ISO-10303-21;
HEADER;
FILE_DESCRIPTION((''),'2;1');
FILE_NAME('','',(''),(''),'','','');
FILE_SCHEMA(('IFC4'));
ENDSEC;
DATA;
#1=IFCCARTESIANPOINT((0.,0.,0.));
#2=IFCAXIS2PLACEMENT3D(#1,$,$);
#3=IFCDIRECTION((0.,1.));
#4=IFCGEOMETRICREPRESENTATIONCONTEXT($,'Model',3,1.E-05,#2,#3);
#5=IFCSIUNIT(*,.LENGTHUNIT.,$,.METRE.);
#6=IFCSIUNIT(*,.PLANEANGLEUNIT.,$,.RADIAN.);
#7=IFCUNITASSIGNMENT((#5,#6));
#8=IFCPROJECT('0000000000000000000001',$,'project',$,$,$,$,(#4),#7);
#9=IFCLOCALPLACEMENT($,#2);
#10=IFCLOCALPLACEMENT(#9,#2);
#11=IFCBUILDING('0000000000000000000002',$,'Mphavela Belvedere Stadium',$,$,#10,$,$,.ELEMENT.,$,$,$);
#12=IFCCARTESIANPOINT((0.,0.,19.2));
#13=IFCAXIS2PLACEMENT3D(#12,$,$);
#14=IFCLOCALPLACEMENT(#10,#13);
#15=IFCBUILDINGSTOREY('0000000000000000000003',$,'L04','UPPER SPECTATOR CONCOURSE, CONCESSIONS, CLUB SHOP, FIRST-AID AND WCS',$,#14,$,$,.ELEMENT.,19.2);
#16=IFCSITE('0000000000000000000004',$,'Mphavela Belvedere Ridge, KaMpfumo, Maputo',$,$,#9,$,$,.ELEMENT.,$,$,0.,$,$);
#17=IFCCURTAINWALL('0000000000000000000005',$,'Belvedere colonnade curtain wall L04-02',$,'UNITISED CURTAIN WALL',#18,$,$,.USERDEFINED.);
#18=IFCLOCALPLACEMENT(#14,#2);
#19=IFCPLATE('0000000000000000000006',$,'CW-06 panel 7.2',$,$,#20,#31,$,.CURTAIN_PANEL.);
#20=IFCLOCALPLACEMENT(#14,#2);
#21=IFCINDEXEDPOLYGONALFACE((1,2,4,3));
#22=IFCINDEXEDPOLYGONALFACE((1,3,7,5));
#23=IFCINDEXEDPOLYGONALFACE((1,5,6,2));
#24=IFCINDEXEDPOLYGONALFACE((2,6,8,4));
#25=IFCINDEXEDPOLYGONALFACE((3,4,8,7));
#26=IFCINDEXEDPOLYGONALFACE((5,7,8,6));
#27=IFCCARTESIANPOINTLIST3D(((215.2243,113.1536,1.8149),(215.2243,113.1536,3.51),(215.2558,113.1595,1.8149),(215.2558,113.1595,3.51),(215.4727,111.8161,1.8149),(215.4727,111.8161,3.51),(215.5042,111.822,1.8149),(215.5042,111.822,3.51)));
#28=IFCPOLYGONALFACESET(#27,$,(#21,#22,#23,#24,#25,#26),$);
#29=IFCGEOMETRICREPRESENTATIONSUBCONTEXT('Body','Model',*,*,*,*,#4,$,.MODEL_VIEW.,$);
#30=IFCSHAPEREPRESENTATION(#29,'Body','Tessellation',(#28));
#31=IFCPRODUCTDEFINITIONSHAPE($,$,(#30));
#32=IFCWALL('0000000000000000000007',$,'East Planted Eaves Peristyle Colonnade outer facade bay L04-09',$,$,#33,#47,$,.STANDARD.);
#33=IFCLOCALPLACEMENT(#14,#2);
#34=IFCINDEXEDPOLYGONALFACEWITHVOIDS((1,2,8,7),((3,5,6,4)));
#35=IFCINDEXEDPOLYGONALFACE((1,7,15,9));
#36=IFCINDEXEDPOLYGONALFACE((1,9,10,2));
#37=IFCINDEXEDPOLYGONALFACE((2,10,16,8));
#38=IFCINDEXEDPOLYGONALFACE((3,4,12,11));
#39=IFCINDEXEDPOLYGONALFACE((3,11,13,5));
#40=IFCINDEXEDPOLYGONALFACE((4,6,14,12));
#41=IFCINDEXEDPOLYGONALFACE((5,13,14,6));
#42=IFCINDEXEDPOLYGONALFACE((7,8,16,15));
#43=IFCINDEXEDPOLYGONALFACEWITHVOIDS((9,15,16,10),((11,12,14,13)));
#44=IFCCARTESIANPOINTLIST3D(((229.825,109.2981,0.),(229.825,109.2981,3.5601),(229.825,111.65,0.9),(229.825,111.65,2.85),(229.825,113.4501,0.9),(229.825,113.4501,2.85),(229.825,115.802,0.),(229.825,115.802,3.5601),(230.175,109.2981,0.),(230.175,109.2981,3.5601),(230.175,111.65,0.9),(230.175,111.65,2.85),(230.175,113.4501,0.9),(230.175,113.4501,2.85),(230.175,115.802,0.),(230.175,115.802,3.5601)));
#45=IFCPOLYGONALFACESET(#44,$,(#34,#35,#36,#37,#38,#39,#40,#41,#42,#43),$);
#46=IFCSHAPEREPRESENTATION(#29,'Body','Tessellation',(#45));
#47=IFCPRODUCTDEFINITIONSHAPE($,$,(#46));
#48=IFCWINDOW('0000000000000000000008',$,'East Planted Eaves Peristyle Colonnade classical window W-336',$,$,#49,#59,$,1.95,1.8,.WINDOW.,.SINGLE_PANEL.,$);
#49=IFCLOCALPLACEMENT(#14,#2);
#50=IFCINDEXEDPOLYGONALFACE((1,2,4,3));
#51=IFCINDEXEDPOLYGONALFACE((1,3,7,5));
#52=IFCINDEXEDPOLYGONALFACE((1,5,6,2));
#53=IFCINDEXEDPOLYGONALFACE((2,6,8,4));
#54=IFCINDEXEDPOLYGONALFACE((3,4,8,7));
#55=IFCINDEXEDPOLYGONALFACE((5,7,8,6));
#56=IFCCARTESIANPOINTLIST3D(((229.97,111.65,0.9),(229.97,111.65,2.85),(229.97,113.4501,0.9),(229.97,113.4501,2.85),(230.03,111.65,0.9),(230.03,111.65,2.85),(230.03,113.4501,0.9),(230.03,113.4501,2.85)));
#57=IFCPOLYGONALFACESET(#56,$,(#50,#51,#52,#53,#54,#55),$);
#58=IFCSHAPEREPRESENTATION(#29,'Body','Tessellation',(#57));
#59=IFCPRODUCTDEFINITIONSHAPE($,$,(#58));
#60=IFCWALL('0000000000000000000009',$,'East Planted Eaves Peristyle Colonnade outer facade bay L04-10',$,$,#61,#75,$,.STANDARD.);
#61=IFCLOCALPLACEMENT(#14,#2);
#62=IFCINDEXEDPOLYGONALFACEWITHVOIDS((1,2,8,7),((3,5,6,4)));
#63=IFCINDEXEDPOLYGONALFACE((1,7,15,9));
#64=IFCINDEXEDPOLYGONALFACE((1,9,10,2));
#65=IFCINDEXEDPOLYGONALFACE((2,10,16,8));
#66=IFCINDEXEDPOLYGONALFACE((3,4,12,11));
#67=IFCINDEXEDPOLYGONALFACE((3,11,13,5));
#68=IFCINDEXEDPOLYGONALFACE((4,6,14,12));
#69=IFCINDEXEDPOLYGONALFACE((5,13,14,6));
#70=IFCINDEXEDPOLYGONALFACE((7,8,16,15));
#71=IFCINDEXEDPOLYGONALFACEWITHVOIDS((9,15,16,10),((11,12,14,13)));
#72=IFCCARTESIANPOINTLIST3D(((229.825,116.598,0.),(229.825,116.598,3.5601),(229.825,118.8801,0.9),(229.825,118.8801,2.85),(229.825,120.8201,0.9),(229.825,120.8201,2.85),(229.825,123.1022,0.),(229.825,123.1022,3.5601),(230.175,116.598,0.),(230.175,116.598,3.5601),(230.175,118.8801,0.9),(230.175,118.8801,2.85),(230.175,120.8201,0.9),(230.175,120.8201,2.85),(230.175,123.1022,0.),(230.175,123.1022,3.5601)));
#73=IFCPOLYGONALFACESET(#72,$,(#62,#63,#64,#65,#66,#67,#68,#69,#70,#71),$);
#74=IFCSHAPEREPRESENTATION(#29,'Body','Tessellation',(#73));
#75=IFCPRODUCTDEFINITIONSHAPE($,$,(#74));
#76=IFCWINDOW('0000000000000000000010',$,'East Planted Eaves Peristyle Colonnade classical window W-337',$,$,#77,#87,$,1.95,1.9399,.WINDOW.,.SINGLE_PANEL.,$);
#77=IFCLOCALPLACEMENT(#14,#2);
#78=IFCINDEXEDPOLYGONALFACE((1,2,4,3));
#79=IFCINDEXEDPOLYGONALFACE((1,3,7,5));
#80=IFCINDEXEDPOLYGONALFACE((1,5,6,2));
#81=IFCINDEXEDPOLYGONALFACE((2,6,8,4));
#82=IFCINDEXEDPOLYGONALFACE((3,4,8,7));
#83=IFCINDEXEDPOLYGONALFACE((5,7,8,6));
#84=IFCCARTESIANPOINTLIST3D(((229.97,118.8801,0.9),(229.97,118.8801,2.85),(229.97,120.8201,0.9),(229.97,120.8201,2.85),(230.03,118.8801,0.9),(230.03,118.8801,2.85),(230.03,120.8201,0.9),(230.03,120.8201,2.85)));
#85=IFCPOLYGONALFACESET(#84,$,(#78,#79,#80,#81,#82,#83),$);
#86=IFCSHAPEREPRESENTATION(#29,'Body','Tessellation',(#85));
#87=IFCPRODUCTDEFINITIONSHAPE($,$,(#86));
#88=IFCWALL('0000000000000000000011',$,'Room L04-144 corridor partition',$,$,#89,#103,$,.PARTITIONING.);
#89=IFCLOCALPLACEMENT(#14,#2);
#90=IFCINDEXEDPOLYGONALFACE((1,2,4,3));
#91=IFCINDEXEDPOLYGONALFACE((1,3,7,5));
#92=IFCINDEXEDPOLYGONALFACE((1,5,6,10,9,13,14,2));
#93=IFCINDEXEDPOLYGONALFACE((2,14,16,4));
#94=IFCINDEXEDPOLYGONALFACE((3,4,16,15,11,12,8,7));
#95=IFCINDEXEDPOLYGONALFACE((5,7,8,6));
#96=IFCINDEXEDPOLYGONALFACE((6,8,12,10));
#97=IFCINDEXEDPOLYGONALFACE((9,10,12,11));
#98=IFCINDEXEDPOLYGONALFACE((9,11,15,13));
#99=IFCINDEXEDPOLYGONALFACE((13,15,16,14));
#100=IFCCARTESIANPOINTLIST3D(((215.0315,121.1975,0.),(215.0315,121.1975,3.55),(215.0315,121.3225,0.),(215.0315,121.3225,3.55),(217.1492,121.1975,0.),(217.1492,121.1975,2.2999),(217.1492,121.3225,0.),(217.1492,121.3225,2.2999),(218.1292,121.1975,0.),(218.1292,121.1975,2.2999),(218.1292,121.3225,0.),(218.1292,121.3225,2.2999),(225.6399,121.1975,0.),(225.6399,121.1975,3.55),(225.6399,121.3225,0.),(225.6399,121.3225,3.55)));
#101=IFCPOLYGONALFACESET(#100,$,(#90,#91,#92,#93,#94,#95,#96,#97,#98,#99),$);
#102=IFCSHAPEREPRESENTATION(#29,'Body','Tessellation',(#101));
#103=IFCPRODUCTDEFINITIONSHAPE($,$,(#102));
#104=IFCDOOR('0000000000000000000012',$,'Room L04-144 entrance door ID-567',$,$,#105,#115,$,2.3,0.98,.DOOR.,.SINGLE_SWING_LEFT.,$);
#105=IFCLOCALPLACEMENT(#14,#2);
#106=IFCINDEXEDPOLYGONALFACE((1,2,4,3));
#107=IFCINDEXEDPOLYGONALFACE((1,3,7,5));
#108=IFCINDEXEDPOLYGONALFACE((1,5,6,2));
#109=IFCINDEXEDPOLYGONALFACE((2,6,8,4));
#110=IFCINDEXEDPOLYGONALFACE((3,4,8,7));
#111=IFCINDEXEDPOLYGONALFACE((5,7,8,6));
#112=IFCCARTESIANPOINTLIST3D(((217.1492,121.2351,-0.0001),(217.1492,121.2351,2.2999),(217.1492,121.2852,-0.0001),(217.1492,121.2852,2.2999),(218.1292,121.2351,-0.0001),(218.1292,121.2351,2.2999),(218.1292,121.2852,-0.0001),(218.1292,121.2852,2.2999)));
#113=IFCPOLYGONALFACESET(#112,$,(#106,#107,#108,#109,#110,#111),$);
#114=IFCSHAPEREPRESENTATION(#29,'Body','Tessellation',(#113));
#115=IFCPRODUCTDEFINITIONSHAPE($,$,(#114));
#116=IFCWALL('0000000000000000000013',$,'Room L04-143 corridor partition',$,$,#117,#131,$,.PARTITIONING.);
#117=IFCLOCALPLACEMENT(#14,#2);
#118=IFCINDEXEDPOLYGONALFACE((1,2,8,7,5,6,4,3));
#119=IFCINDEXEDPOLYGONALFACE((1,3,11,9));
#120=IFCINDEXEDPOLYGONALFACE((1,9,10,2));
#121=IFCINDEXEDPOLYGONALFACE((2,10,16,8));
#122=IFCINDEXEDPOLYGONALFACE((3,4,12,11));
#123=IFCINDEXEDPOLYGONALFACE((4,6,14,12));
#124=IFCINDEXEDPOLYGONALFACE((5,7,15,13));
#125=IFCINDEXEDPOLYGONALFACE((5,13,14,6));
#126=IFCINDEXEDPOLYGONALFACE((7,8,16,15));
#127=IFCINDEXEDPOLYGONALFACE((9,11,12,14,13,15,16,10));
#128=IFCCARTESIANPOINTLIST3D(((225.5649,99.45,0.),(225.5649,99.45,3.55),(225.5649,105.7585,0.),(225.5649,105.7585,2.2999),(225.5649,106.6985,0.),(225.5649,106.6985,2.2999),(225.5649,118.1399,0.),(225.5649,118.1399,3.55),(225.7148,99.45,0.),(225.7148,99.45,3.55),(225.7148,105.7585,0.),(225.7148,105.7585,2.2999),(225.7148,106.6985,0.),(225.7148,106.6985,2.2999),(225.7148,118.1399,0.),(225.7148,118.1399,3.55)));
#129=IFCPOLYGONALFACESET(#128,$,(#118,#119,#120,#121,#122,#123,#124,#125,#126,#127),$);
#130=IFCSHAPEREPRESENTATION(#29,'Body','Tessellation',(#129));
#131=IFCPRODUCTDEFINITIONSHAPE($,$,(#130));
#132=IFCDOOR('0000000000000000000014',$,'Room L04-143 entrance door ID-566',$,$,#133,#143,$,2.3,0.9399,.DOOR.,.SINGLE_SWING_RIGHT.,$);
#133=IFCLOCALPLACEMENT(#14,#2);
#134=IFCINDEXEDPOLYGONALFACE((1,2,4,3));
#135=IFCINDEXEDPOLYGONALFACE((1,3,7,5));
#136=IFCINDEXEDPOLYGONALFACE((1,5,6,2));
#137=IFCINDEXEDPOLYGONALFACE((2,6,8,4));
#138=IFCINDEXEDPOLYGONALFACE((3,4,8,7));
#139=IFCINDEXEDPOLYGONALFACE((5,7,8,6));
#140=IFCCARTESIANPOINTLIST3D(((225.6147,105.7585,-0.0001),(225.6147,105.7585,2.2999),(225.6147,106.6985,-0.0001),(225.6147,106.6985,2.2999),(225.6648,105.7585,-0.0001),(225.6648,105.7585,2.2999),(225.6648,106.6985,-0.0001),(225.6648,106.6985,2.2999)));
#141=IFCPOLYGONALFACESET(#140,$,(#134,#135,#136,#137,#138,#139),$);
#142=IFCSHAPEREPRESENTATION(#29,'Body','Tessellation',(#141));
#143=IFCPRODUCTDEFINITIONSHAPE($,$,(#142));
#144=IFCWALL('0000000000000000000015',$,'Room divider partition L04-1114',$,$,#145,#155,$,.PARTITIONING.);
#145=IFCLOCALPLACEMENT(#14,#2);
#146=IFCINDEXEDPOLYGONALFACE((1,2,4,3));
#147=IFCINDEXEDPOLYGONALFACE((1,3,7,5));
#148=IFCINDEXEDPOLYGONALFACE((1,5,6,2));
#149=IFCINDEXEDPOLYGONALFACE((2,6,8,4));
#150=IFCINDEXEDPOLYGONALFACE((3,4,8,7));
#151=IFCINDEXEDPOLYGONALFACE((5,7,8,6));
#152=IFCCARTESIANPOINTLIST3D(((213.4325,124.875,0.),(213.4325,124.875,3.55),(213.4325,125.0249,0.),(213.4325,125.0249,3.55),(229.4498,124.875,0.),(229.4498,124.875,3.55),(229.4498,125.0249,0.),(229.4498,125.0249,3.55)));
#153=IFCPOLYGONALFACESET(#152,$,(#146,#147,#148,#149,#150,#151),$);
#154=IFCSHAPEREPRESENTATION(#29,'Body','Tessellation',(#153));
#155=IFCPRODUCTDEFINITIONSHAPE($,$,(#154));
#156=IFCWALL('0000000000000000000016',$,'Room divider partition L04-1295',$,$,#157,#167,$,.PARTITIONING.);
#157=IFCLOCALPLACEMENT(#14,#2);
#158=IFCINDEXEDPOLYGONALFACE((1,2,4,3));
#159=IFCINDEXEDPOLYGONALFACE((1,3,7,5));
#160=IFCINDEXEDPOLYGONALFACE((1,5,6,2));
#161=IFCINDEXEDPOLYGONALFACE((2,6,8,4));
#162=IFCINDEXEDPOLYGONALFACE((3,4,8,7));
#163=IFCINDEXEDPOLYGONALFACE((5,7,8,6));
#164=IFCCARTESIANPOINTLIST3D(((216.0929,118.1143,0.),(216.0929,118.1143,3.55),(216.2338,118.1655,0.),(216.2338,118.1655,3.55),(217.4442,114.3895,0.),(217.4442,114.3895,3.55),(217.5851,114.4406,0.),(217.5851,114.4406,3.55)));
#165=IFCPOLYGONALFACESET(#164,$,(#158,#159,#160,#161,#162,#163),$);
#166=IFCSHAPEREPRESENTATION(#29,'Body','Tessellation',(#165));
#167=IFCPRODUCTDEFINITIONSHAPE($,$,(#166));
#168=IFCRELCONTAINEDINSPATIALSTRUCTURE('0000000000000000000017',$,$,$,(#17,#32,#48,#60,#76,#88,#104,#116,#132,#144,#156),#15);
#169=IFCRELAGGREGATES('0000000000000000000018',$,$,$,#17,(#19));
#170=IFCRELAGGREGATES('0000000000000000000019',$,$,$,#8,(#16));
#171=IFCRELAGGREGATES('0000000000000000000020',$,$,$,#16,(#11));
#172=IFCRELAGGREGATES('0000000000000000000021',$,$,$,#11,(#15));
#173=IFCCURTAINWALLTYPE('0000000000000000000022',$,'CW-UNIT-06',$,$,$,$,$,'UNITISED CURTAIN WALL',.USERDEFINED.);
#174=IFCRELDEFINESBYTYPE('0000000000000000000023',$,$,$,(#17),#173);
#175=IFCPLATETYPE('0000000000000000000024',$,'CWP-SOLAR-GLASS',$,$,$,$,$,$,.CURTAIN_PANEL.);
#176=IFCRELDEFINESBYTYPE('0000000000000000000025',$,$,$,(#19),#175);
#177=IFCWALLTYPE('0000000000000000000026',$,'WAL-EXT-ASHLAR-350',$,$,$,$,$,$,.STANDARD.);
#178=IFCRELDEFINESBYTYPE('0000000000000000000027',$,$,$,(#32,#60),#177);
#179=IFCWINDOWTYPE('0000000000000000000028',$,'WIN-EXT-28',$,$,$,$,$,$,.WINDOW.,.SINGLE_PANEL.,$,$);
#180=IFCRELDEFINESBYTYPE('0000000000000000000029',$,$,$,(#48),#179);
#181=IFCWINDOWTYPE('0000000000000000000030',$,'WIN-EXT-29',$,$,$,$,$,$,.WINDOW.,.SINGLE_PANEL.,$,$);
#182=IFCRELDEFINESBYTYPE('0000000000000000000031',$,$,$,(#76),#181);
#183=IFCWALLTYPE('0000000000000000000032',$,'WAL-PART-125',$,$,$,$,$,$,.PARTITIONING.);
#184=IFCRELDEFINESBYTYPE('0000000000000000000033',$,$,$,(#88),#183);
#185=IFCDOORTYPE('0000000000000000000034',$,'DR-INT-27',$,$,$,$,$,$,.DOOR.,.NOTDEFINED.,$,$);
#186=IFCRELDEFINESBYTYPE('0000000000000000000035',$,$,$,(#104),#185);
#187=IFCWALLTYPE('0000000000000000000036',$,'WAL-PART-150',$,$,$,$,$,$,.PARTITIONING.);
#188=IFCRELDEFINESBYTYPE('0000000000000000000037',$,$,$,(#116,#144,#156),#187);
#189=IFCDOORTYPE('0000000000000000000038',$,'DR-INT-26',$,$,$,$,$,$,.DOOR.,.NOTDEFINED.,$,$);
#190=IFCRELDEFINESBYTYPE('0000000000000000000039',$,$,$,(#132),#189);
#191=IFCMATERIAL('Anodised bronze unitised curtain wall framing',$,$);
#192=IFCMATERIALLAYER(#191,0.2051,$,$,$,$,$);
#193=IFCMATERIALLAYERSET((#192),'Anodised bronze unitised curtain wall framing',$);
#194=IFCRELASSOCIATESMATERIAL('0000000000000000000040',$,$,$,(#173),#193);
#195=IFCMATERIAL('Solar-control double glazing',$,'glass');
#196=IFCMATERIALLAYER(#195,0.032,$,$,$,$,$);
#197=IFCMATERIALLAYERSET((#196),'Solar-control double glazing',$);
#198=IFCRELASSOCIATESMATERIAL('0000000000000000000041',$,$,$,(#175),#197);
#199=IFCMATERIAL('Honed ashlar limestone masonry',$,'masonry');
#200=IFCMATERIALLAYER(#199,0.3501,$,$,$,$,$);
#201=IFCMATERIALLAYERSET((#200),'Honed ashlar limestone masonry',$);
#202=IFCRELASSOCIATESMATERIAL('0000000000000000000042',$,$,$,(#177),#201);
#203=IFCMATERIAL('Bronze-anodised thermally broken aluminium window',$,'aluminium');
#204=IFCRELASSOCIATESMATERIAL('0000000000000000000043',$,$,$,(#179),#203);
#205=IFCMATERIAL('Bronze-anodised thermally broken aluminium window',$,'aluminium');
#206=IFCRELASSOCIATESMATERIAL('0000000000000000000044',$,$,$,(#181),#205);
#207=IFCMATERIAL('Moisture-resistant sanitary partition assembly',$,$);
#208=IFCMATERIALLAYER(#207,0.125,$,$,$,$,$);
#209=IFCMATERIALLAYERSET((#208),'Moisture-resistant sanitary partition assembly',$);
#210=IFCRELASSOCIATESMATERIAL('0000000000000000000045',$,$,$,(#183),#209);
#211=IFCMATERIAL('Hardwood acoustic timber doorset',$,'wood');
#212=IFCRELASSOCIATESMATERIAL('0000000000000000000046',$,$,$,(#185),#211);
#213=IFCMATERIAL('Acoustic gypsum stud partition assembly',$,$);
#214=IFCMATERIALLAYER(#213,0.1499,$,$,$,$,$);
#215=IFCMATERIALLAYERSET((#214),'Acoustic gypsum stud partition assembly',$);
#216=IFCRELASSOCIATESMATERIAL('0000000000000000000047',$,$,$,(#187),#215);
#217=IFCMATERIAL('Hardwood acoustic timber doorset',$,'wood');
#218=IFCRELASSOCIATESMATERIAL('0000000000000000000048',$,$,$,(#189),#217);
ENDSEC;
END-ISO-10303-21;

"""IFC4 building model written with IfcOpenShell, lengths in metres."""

from ifc_helpers import new_model, si_unit, direction, frame, frame_2d, origin, origin_2d, place, context, subcontext, project, spatial, rectangle, extrude, material, layer, layer_set, type_object, element, fill, aggregate, save


model = new_model("IFC4")

# Units and contexts
model_context = context("Model", 3, precision=1e-05, world=origin(), true_north=direction((0.0, 1.0)))
body_context = subcontext(model_context, "Body", "Model", "MODEL_VIEW")
ifc_project = project(units=[si_unit("LENGTHUNIT", "METRE"), si_unit("PLANEANGLEUNIT", "RADIAN")], contexts=[model_context])

# Site, building, storey
site_placement = place(None, origin())
site = spatial("IfcSite", under=ifc_project, at=site_placement, Name="Mphavela Belvedere Ridge, KaMpfumo, Maputo", CompositionType="ELEMENT", RefElevation=0.0)
building_placement = place(site_placement, origin())
building = spatial("IfcBuilding", under=site, at=building_placement, Name="Mphavela Belvedere Stadium", CompositionType="ELEMENT")
storey_placement = place(building_placement, frame((0.0, 0.0, 19.2)))
storey = spatial("IfcBuildingStorey", under=building, at=storey_placement, Name="L04", Description="UPPER SPECTATOR CONCOURSE, CONCESSIONS, CLUB SHOP, FIRST-AID AND WCS", CompositionType="ELEMENT", Elevation=19.2)

# Curtain wall, plate
ifc_material_1 = material(Name="Anodised bronze unitised curtain wall framing")
ifc_layer_1 = layer(ifc_material_1, 0.2051)
ifc_layer_set_1 = layer_set([ifc_layer_1], Name="Anodised bronze unitised curtain wall framing")
curtain_wall_type = type_object("IfcCurtainWallType", Name="CW-UNIT-06", ElementType="UNITISED CURTAIN WALL", PredefinedType="USERDEFINED", material=ifc_layer_set_1)
curtain_wall_placement = place(storey_placement, origin())
curtain_wall = element("IfcCurtainWall", 1, at=curtain_wall_placement, inside=storey, type_object=curtain_wall_type, Name="Belvedere colonnade curtain wall L04-02", ObjectType="UNITISED CURTAIN WALL", PredefinedType="USERDEFINED")
ifc_material_2 = material(Name="Solar-control double glazing", Category="glass")
ifc_layer_2 = layer(ifc_material_2, 0.032)
ifc_layer_set_2 = layer_set([ifc_layer_2], Name="Solar-control double glazing")
plate_type = type_object("IfcPlateType", Name="CWP-SOLAR-GLASS", PredefinedType="CURTAIN_PANEL", material=ifc_layer_set_2)
plate_1_placement = place(storey_placement, frame((215.3643, 112.4878, 1.8149), z_axis=(0.0, 0.0, 1.0), x_axis=(-0.182618, 0.983184, 0.0)))
plate_1 = element("IfcPlate", 2, at=plate_1_placement, type_object=plate_type, Name="CW-06 panel 7.2", PredefinedType="CURTAIN_PANEL", context=body_context, shape_type="SweptSolid", body=[
    extrude(rectangle(XDim=1.3604, YDim=0.032, at=origin_2d()), origin(), (0.0, 0.0, 1.0), 1.6951),
])
aggregate(curtain_wall, [plate_1])

# Walls, openings, windows
ifc_material_3 = material(Name="Honed ashlar limestone masonry", Category="masonry")
ifc_layer_3 = layer(ifc_material_3, 0.3501)
ifc_layer_set_3 = layer_set([ifc_layer_3], Name="Honed ashlar limestone masonry")
wall_type_1 = type_object("IfcWallType", Name="WAL-EXT-ASHLAR-350", PredefinedType="STANDARD", material=ifc_layer_set_3)
wall_1_placement = place(storey_placement, frame((230.0, 115.802, 0.0), z_axis=(0.0, 0.0, 1.0), x_axis=(0.0, -1.0, 0.0)))
wall_1 = element("IfcWall", 3, at=wall_1_placement, inside=storey, type_object=wall_type_1, Name="East Planted Eaves Peristyle Colonnade outer facade bay L04-09", PredefinedType="STANDARD", context=body_context, shape_type="SweptSolid", body=[
    extrude(rectangle(XDim=6.5039, YDim=0.3501, at=frame_2d((3.252, 0.0))), origin(), (0.0, 0.0, 1.0), 3.5601),
])
opening_1_placement = place(wall_1_placement, frame((2.3521, 0.0, 0.8999)))
opening_1 = element("IfcOpeningElement", 4, at=opening_1_placement, cuts=wall_1, PredefinedType="OPENING", context=body_context, shape_type="SweptSolid", body=[
    extrude(rectangle(XDim=1.8, YDim=1.95, at=frame_2d((0.8999, 0.9751))), frame((0.0, 0.1851, 0.0), z_axis=(0.0, -1.0, 0.0), x_axis=(1.0, 0.0, 0.0)), (0.0, 0.0, 1.0), 0.3701),
])
ifc_material_4 = material(Name="Bronze-anodised thermally broken aluminium window", Category="aluminium")
window_type_1 = type_object("IfcWindowType", Name="WIN-EXT-28", PartitioningType="SINGLE_PANEL", PredefinedType="WINDOW", material=ifc_material_4)
window_1_placement = place(opening_1_placement, origin())
window_1 = element("IfcWindow", 5, at=window_1_placement, inside=storey, type_object=window_type_1, Name="East Planted Eaves Peristyle Colonnade classical window W-336", OverallHeight=1.95, OverallWidth=1.8, PartitioningType="SINGLE_PANEL", PredefinedType="WINDOW", context=body_context, shape_type="SweptSolid", body=[
    extrude(rectangle(XDim=1.8, YDim=1.95, at=frame_2d((0.8999, 0.9751))), frame((0.0, 0.03, 0.0), z_axis=(0.0, -1.0, 0.0), x_axis=(1.0, 0.0, 0.0)), (0.0, 0.0, 1.0), 0.0601),
])
fill(opening_1, window_1)
wall_2_placement = place(storey_placement, frame((230.0, 123.1021, 0.0), z_axis=(0.0, 0.0, 1.0), x_axis=(0.0, -1.0, 0.0)))
wall_2 = element("IfcWall", 6, at=wall_2_placement, inside=storey, type_object=wall_type_1, Name="East Planted Eaves Peristyle Colonnade outer facade bay L04-10", PredefinedType="STANDARD", context=body_context, shape_type="SweptSolid", body=[
    extrude(rectangle(XDim=6.5042, YDim=0.3501, at=frame_2d((3.252, 0.0))), origin(), (0.0, 0.0, 1.0), 3.5601),
])
opening_2_placement = place(wall_2_placement, frame((2.282, 0.0, 0.8999)))
opening_2 = element("IfcOpeningElement", 7, at=opening_2_placement, cuts=wall_2, PredefinedType="OPENING", context=body_context, shape_type="SweptSolid", body=[
    extrude(rectangle(XDim=1.9399, YDim=1.95, at=frame_2d((0.97, 0.9751))), frame((0.0, 0.1851, 0.0), z_axis=(0.0, -1.0, 0.0), x_axis=(1.0, 0.0, 0.0)), (0.0, 0.0, 1.0), 0.3701),
])
ifc_material_5 = material(Name="Bronze-anodised thermally broken aluminium window", Category="aluminium")
window_type_2 = type_object("IfcWindowType", Name="WIN-EXT-29", PartitioningType="SINGLE_PANEL", PredefinedType="WINDOW", material=ifc_material_5)
window_2_placement = place(opening_2_placement, origin())
window_2 = element("IfcWindow", 8, at=window_2_placement, inside=storey, type_object=window_type_2, Name="East Planted Eaves Peristyle Colonnade classical window W-337", OverallHeight=1.95, OverallWidth=1.9399, PartitioningType="SINGLE_PANEL", PredefinedType="WINDOW", context=body_context, shape_type="SweptSolid", body=[
    extrude(rectangle(XDim=1.9399, YDim=1.95, at=frame_2d((0.97, 0.9751))), frame((0.0, 0.03, 0.0), z_axis=(0.0, -1.0, 0.0), x_axis=(1.0, 0.0, 0.0)), (0.0, 0.0, 1.0), 0.0601),
])
fill(opening_2, window_2)

# Walls, openings, doors
ifc_material_6 = material(Name="Moisture-resistant sanitary partition assembly")
ifc_layer_4 = layer(ifc_material_6, 0.125)
ifc_layer_set_4 = layer_set([ifc_layer_4], Name="Moisture-resistant sanitary partition assembly")
wall_type_2 = type_object("IfcWallType", Name="WAL-PART-125", PredefinedType="PARTITIONING", material=ifc_layer_set_4)
wall_3_placement = place(storey_placement, frame((225.6399, 121.26, 0.0), z_axis=(0.0, 0.0, 1.0), x_axis=(-1.0, 0.0, 0.0)))
wall_3 = element("IfcWall", 9, at=wall_3_placement, inside=storey, type_object=wall_type_2, Name="Room L04-144 corridor partition", PredefinedType="PARTITIONING", context=body_context, shape_type="SweptSolid", body=[
    extrude(rectangle(XDim=10.6084, YDim=0.125, at=frame_2d((5.3042, 0.0))), origin(), (0.0, 0.0, 1.0), 3.55),
])
opening_3_placement = place(wall_3_placement, frame((7.5107, 0.0, 0.0)))
opening_3 = element("IfcOpeningElement", 10, at=opening_3_placement, cuts=wall_3, PredefinedType="OPENING", context=body_context, shape_type="SweptSolid", body=[
    extrude(rectangle(XDim=0.98, YDim=2.3, at=frame_2d((0.49, 1.1499))), frame((0.0, 0.0725, 0.0), z_axis=(0.0, -1.0, 0.0), x_axis=(1.0, 0.0, 0.0)), (0.0, 0.0, 1.0), 0.145),
])
ifc_material_7 = material(Name="Hardwood acoustic timber doorset", Category="wood")
door_type_1 = type_object("IfcDoorType", Name="DR-INT-27", OperationType="NOTDEFINED", PredefinedType="DOOR", material=ifc_material_7)
door_1_placement = place(opening_3_placement, origin())
door_1 = element("IfcDoor", 11, at=door_1_placement, inside=storey, type_object=door_type_1, Name="Room L04-144 entrance door ID-567", OperationType="SINGLE_SWING_LEFT", OverallHeight=2.3, OverallWidth=0.98, PredefinedType="DOOR", context=body_context, shape_type="SweptSolid", body=[
    extrude(rectangle(XDim=0.98, YDim=2.3, at=frame_2d((0.49, 1.1499))), frame((0.0, 0.0249, 0.0), z_axis=(0.0, -1.0, 0.0), x_axis=(1.0, 0.0, 0.0)), (0.0, 0.0, 1.0), 0.05),
])
fill(opening_3, door_1)
ifc_material_8 = material(Name="Acoustic gypsum stud partition assembly")
ifc_layer_5 = layer(ifc_material_8, 0.1499)
ifc_layer_set_5 = layer_set([ifc_layer_5], Name="Acoustic gypsum stud partition assembly")
wall_type_3 = type_object("IfcWallType", Name="WAL-PART-150", PredefinedType="PARTITIONING", material=ifc_layer_set_5)
wall_4_placement = place(storey_placement, frame((225.6399, 118.1399, 0.0), z_axis=(0.0, 0.0, 1.0), x_axis=(0.0, -1.0, 0.0)))
wall_4 = element("IfcWall", 12, at=wall_4_placement, inside=storey, type_object=wall_type_3, Name="Room L04-143 corridor partition", PredefinedType="PARTITIONING", context=body_context, shape_type="SweptSolid", body=[
    extrude(rectangle(XDim=18.6899, YDim=0.1499, at=frame_2d((9.345, 0.0))), origin(), (0.0, 0.0, 1.0), 3.55),
])
opening_4_placement = place(wall_4_placement, frame((11.4414, 0.0, 0.0)))
opening_4 = element("IfcOpeningElement", 13, at=opening_4_placement, cuts=wall_4, PredefinedType="OPENING", context=body_context, shape_type="SweptSolid", body=[
    extrude(rectangle(XDim=0.9399, YDim=2.3, at=frame_2d((0.47, 1.1499))), frame((0.0, 0.085, 0.0), z_axis=(0.0, -1.0, 0.0), x_axis=(1.0, 0.0, 0.0)), (0.0, 0.0, 1.0), 0.1699),
])
ifc_material_9 = material(Name="Hardwood acoustic timber doorset", Category="wood")
door_type_2 = type_object("IfcDoorType", Name="DR-INT-26", OperationType="NOTDEFINED", PredefinedType="DOOR", material=ifc_material_9)
door_2_placement = place(opening_4_placement, origin())
door_2 = element("IfcDoor", 14, at=door_2_placement, inside=storey, type_object=door_type_2, Name="Room L04-143 entrance door ID-566", OperationType="SINGLE_SWING_RIGHT", OverallHeight=2.3, OverallWidth=0.9399, PredefinedType="DOOR", context=body_context, shape_type="SweptSolid", body=[
    extrude(rectangle(XDim=0.9399, YDim=2.3, at=frame_2d((0.47, 1.1499))), frame((0.0, 0.0249, 0.0), z_axis=(0.0, -1.0, 0.0), x_axis=(1.0, 0.0, 0.0)), (0.0, 0.0, 1.0), 0.05),
])
fill(opening_4, door_2)

# Walls
wall_5_placement = place(storey_placement, frame((229.45, 124.95, 0.0), z_axis=(0.0, 0.0, 1.0), x_axis=(-1.0, 0.0, 0.0)))
element("IfcWall", 15, at=wall_5_placement, inside=storey, type_object=wall_type_3, Name="Room divider partition L04-1114", PredefinedType="PARTITIONING", context=body_context, shape_type="SweptSolid", body=[
    extrude(rectangle(XDim=16.0173, YDim=0.1499, at=frame_2d((8.0088, 0.0))), origin(), (0.0, 0.0, 1.0), 3.55),
])
wall_6_placement = place(storey_placement, frame((217.5146, 114.415, 0.0), z_axis=(0.0, 0.0, 1.0), x_axis=(-0.341036, 0.94005, 0.0)))
element("IfcWall", 16, at=wall_6_placement, inside=storey, type_object=wall_type_3, Name="Room divider partition L04-1295", PredefinedType="PARTITIONING", context=body_context, shape_type="SweptSolid", body=[
    extrude(rectangle(XDim=3.9624, YDim=0.1499, at=frame_2d((1.9812, 0.0))), origin(), (0.0, 0.0, 1.0), 3.55),
])

save(model, "model.ifc")
